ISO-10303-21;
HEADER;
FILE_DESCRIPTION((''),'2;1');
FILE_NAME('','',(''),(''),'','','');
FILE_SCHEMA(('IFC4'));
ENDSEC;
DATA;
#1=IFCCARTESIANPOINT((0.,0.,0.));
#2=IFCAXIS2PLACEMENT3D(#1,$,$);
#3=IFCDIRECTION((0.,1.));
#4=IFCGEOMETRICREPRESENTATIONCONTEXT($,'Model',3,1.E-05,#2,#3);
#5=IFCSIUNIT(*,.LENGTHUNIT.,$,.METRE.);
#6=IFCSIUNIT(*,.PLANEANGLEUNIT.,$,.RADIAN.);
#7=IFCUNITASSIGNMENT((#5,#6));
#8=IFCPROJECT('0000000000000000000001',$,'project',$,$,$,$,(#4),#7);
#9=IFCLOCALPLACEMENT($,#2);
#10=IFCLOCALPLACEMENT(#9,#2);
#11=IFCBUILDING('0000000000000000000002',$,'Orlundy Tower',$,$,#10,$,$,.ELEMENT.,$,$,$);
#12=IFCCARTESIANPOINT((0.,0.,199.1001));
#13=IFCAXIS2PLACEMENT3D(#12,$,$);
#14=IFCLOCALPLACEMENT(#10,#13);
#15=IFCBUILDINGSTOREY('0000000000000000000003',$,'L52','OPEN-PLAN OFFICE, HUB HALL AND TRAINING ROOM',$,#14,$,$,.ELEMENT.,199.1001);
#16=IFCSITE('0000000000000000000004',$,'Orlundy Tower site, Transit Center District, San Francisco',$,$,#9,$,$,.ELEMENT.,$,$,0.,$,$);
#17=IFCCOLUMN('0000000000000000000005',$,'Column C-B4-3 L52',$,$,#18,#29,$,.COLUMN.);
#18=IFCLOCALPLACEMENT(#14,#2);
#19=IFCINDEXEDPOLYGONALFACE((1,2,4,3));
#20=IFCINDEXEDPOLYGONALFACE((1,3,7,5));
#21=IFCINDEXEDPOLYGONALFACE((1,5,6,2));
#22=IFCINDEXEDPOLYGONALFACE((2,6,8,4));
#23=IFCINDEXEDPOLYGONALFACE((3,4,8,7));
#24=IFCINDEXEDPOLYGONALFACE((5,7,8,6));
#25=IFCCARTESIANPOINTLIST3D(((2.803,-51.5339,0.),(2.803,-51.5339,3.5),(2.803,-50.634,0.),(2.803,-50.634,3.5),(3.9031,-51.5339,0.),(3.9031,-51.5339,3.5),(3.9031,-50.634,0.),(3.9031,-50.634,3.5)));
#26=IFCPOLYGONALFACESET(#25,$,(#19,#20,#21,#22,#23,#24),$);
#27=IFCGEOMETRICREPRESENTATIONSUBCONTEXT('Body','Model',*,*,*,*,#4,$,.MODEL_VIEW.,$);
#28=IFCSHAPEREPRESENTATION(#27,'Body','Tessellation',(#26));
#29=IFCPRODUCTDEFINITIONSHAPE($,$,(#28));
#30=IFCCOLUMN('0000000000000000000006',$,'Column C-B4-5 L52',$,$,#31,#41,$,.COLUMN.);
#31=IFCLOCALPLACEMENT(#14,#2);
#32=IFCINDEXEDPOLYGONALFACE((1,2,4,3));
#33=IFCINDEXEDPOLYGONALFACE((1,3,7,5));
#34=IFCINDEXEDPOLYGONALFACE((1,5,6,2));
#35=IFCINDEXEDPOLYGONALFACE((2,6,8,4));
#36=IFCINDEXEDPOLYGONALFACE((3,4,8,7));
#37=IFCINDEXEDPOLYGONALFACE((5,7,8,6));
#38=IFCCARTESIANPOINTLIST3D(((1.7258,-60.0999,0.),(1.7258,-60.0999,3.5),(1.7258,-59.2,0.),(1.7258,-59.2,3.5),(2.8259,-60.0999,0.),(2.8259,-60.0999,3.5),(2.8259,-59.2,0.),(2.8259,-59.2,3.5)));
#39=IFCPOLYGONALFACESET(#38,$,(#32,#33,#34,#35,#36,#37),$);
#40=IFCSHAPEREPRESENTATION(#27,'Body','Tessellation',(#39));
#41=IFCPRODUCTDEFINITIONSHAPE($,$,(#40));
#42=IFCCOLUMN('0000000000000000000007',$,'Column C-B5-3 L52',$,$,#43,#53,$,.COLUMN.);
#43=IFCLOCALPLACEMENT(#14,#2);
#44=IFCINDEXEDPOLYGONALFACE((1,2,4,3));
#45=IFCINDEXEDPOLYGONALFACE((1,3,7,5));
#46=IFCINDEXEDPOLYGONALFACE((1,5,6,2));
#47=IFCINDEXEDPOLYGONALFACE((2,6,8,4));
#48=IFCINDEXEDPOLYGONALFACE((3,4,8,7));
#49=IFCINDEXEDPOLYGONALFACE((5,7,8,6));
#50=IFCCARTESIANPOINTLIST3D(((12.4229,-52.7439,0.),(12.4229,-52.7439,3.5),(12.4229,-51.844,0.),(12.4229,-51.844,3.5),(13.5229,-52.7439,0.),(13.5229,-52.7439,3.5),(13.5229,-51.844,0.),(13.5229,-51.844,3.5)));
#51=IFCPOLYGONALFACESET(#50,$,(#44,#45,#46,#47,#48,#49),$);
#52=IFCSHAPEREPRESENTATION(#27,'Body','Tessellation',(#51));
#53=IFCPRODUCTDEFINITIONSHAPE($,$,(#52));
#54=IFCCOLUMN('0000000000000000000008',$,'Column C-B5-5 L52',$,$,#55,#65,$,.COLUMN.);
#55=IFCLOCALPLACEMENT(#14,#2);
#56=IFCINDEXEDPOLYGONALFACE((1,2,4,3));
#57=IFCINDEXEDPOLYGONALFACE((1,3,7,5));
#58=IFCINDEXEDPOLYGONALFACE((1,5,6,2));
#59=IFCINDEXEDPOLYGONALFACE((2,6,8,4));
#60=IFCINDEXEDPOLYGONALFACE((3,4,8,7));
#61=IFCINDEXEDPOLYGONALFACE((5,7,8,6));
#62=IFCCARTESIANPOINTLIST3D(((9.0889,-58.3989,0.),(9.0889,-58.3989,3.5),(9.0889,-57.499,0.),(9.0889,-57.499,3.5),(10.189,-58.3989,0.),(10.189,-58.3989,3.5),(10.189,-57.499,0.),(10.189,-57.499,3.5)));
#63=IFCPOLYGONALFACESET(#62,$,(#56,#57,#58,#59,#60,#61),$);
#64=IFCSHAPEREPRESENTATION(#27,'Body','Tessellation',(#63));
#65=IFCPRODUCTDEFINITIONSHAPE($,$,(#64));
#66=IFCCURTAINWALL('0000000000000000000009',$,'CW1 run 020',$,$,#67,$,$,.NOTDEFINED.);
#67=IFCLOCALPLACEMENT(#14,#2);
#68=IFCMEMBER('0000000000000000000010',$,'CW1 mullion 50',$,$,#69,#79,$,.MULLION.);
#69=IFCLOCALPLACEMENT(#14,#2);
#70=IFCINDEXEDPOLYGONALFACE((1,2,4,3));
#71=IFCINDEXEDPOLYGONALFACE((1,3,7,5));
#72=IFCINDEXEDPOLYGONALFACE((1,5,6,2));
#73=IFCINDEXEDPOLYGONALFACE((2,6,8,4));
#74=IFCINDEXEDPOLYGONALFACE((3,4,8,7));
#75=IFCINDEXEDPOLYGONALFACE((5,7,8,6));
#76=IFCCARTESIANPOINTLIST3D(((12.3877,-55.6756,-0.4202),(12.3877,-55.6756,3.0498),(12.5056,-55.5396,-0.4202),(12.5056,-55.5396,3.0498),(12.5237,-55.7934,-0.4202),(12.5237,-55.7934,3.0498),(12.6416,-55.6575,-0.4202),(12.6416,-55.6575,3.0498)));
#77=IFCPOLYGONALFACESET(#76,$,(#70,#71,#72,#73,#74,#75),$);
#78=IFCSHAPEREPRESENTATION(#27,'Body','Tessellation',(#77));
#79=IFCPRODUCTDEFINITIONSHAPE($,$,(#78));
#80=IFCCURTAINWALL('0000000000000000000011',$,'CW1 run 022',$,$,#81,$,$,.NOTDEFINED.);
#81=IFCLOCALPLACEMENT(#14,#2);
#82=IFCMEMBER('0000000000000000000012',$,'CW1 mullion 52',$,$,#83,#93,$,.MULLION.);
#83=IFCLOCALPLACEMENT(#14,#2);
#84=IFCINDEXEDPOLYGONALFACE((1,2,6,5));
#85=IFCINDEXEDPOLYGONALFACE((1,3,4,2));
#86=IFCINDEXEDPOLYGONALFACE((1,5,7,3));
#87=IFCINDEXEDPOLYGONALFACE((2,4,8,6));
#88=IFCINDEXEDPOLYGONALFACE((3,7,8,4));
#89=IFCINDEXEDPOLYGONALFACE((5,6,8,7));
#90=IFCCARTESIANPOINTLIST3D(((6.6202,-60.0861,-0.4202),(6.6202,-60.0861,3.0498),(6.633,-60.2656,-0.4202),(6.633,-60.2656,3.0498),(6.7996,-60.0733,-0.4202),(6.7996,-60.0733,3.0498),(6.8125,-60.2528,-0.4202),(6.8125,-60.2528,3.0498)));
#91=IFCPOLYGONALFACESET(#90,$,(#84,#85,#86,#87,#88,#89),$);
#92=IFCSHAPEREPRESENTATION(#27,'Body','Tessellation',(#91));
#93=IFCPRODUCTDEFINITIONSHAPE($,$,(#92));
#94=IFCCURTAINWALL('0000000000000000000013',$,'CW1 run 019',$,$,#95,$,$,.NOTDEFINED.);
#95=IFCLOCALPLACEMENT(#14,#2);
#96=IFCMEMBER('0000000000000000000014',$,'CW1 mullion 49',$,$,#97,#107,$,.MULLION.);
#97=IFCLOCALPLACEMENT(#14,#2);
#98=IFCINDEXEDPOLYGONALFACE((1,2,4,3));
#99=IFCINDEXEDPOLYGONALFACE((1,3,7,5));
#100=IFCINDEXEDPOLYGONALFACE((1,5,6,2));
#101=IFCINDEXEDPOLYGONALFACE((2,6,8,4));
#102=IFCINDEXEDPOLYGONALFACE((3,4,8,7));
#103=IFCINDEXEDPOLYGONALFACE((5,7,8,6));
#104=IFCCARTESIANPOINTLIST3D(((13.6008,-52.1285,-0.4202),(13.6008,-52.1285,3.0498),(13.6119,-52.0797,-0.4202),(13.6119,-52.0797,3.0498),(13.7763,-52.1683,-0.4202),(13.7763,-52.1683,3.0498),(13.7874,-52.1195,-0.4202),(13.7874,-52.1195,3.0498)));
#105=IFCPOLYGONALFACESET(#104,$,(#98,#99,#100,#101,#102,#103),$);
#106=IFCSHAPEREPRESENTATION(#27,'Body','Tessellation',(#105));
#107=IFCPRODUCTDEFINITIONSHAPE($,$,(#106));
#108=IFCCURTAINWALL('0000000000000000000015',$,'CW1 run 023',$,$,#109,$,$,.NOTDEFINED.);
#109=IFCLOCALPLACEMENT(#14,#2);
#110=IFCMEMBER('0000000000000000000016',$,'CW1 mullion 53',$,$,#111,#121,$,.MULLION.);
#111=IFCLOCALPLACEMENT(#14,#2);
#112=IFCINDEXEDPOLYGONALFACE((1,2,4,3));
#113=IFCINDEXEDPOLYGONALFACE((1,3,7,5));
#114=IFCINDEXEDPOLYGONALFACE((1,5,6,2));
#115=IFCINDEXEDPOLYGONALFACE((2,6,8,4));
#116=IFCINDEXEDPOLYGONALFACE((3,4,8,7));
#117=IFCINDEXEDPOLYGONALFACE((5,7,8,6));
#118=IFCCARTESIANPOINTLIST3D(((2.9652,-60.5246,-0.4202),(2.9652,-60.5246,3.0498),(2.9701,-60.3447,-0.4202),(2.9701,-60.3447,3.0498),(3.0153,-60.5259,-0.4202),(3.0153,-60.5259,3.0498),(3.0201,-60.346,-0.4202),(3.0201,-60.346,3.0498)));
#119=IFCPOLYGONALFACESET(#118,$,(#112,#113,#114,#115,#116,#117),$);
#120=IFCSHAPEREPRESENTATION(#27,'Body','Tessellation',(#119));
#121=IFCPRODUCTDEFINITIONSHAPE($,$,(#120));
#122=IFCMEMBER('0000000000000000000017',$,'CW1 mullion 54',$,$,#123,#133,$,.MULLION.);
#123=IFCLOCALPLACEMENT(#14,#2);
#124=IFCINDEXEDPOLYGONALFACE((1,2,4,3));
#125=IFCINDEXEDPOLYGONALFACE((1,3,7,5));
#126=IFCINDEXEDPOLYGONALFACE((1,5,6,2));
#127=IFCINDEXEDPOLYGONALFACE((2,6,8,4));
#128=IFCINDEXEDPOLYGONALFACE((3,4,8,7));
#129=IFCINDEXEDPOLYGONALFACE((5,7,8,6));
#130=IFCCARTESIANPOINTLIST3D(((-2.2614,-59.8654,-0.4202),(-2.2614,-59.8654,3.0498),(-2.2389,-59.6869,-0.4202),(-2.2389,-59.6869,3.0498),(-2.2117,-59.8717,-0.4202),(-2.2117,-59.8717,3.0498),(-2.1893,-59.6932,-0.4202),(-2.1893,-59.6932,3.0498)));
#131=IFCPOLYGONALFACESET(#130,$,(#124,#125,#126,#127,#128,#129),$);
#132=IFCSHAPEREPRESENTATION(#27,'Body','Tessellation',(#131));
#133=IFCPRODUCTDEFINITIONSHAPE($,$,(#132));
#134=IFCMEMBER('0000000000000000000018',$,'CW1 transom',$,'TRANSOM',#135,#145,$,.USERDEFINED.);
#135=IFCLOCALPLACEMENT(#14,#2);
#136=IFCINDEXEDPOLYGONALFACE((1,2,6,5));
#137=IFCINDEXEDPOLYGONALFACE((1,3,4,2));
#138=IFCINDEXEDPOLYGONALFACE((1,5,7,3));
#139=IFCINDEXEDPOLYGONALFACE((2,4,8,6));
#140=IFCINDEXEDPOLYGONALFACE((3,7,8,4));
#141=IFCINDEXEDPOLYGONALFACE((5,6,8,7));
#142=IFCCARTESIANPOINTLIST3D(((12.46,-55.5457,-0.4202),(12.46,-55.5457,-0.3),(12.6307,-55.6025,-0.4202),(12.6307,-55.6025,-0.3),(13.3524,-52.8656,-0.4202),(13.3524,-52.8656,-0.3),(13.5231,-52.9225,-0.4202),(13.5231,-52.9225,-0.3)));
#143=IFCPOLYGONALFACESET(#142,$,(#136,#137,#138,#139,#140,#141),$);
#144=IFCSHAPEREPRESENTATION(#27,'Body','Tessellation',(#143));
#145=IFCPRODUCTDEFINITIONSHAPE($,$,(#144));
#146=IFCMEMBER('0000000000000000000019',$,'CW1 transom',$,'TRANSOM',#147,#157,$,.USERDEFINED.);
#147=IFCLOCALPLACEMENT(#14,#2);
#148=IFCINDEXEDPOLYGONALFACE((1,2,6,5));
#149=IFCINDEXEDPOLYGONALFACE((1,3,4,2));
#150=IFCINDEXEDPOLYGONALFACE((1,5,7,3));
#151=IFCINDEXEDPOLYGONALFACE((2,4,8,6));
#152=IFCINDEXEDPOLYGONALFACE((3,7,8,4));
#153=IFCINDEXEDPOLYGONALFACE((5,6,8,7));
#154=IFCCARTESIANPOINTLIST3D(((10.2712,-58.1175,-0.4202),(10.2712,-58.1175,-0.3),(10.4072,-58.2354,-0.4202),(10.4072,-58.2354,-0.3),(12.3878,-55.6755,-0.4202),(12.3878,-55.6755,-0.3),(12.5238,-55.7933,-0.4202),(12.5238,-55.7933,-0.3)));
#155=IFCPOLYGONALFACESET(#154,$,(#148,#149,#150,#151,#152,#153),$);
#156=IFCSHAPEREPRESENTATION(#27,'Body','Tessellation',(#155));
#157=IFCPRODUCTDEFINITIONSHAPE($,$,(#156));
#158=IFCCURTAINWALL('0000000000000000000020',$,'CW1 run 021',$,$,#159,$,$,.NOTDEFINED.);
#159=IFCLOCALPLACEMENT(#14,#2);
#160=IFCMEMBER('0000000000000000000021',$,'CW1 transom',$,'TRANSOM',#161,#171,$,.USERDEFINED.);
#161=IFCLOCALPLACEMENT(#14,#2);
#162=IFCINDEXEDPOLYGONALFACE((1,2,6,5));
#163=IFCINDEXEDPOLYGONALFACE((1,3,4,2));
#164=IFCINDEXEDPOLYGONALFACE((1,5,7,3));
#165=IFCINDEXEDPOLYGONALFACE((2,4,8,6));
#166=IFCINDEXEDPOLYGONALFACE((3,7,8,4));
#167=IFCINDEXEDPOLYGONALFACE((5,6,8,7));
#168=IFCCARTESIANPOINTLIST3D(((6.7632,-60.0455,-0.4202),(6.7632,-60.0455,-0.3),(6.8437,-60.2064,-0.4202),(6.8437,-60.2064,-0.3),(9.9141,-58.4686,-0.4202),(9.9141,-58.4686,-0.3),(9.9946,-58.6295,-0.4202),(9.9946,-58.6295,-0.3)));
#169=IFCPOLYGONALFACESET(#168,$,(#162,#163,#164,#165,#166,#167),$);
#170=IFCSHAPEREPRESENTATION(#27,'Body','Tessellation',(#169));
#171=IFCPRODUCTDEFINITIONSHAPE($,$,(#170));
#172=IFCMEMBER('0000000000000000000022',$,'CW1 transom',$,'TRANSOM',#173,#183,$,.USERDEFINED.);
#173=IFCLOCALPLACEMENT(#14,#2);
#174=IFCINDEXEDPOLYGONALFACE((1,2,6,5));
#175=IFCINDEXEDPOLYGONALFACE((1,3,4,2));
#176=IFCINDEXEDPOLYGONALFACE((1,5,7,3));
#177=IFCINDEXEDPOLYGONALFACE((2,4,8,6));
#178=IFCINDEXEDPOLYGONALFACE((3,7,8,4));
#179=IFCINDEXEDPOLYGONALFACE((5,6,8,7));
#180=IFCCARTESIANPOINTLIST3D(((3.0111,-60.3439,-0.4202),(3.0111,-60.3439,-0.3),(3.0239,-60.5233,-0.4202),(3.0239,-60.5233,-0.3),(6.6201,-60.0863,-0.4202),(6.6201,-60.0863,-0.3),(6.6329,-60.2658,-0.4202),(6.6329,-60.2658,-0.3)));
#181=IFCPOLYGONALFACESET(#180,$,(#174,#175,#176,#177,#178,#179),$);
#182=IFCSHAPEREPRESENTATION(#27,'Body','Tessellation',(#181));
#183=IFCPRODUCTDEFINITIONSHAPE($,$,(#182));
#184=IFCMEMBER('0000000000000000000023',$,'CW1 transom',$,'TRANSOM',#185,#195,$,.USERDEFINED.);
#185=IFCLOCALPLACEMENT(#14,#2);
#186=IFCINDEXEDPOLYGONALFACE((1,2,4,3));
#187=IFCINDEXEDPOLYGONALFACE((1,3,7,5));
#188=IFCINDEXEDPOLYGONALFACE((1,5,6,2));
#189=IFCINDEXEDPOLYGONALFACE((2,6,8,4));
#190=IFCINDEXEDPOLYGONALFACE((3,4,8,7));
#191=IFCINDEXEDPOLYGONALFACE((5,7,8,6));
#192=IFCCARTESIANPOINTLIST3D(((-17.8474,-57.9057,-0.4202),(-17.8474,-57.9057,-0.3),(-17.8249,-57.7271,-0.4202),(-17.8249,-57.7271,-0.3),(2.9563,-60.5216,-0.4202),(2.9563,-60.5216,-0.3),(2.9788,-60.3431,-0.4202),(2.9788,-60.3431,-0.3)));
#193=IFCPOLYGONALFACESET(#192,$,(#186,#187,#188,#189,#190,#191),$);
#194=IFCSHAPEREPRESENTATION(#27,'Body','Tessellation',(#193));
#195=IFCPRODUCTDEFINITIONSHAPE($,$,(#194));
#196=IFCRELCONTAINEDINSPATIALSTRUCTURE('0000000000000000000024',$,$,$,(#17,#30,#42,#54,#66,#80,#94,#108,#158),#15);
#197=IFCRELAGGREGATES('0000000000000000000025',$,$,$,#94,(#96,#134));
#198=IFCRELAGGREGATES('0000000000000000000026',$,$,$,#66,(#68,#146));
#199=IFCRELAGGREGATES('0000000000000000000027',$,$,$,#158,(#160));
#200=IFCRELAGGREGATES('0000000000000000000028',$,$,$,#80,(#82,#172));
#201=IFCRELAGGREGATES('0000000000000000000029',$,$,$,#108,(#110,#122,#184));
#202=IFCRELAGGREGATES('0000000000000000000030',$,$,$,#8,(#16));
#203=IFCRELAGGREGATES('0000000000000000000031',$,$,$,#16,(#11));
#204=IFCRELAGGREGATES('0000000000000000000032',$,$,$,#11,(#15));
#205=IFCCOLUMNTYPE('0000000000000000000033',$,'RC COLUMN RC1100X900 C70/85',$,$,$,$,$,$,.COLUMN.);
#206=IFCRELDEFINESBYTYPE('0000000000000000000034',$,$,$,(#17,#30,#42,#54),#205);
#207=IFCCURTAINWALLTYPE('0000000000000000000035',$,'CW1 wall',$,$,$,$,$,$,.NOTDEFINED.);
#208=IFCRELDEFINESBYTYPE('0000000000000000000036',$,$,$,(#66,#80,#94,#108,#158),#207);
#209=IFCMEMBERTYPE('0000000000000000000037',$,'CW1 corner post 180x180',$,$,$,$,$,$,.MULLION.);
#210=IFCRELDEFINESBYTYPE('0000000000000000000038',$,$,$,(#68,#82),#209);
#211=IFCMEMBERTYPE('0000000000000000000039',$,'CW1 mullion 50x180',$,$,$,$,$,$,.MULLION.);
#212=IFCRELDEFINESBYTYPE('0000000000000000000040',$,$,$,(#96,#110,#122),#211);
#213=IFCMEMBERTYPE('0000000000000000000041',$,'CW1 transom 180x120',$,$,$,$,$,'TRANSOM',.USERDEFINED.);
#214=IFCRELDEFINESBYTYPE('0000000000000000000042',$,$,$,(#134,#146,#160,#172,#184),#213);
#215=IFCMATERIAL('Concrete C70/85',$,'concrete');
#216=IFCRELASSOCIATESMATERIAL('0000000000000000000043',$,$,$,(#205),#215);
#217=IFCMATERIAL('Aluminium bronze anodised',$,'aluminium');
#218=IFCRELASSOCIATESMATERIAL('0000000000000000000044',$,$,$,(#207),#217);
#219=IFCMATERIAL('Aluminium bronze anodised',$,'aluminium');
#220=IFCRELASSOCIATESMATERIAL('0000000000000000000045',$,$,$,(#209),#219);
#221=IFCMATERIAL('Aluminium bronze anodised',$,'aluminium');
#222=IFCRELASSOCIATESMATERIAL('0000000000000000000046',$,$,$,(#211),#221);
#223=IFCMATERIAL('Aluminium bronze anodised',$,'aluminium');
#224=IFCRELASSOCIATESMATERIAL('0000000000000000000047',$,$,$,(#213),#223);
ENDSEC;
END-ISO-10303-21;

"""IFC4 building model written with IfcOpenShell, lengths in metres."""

from ifc_helpers import new_model, si_unit, direction, frame, origin, origin_2d, place, context, subcontext, project, spatial, rectangle, extrude, material, material_profile, profile_set, type_object, element, aggregate, save


model = new_model("IFC4")

# Units and contexts
model_context = context("Model", 3, precision=1e-05, world=origin(), true_north=direction((0.0, 1.0)))
body_context = subcontext(model_context, "Body", "Model", "MODEL_VIEW")
ifc_project = project(units=[si_unit("LENGTHUNIT", "METRE"), si_unit("PLANEANGLEUNIT", "RADIAN")], contexts=[model_context])

# Site, building, storey
site_placement = place(None, origin())
site = spatial("IfcSite", under=ifc_project, at=site_placement, Name="Orlundy Tower site, Transit Center District, San Francisco", CompositionType="ELEMENT", RefElevation=0.0)
building_placement = place(site_placement, origin())
building = spatial("IfcBuilding", under=site, at=building_placement, Name="Orlundy Tower", CompositionType="ELEMENT")
storey_placement = place(building_placement, frame((0.0, 0.0, 199.1001)))
storey = spatial("IfcBuildingStorey", under=building, at=storey_placement, Name="L52", Description="OPEN-PLAN OFFICE, HUB HALL AND TRAINING ROOM", CompositionType="ELEMENT", Elevation=199.1001)

# Columns
ifc_material_1 = material(Name="Concrete C70/85", Category="concrete")
ifc_material_profile_1 = material_profile(ifc_material_1, rectangle(XDim=1.1001, YDim=0.8999, at=origin_2d()), Name="RC1100X900")
ifc_profile_set_1 = profile_set([ifc_material_profile_1], Name="Concrete C70/85")
column_type = type_object("IfcColumnType", Name="RC COLUMN RC1100X900 C70/85", PredefinedType="COLUMN", material=ifc_profile_set_1)
for number, where, z_axis, x_axis, name in (
    (1, (3.353, -51.084, 0.0), (0.0, 0.0, 1.0), (1.0, 0.0, 0.0), "Column C-B4-3 L52"),
    (2, (2.2759, -59.6499, 0.0), (0.0, 0.0, 1.0), (1.0, 0.0, 0.0), "Column C-B4-5 L52"),
    (3, (12.9729, -52.2939, 0.0), (0.0, 0.0, 1.0), (1.0, 0.0, 0.0), "Column C-B5-3 L52"),
    (4, (9.6389, -57.949, 0.0), (0.0, 0.0, 1.0), (1.0, 0.0, 0.0), "Column C-B5-5 L52"),
):
    element("IfcColumn", number, at=place(storey_placement, frame(where, z_axis=z_axis, x_axis=x_axis)), inside=storey, type_object=column_type, Name=name, PredefinedType="COLUMN", context=body_context, shape_type="SweptSolid", body=[
        extrude(rectangle(XDim=1.1001, YDim=0.8999, at=origin_2d()), origin(), (0.0, 0.0, 1.0), 3.5),
    ])

# Curtain walls, members
ifc_material_2 = material(Name="Aluminium bronze anodised", Category="aluminium")
curtain_wall_type = type_object("IfcCurtainWallType", Name="CW1 wall", PredefinedType="NOTDEFINED", material=ifc_material_2)
curtain_wall_1_placement = place(storey_placement, origin())
curtain_wall_1 = element("IfcCurtainWall", 5, at=curtain_wall_1_placement, inside=storey, type_object=curtain_wall_type, Name="CW1 run 020", PredefinedType="NOTDEFINED")
ifc_material_3 = material(Name="Aluminium bronze anodised", Category="aluminium")
ifc_material_profile_2 = material_profile(ifc_material_3, rectangle(XDim=0.1799, YDim=0.1799, at=origin_2d()), Name="CW1 corner post 180x180")
ifc_profile_set_2 = profile_set([ifc_material_profile_2], Name="Aluminium bronze anodised")
member_type_1 = type_object("IfcMemberType", Name="CW1 corner post 180x180", PredefinedType="MULLION", material=ifc_profile_set_2)
member_1_placement = place(storey_placement, frame((12.5146, -55.6665, -0.4202), z_axis=(0.0, 0.0, 1.0), x_axis=(0.755627, -0.655002, 0.0)))
member_1 = element("IfcMember", 6, at=member_1_placement, type_object=member_type_1, Name="CW1 mullion 50", PredefinedType="MULLION", context=body_context, shape_type="SweptSolid", body=[
    extrude(rectangle(XDim=0.1799, YDim=0.1799, at=origin_2d()), origin(), (0.0, 0.0, 1.0), 3.47),
])
curtain_wall_2_placement = place(storey_placement, origin())
curtain_wall_2 = element("IfcCurtainWall", 7, at=curtain_wall_2_placement, inside=storey, type_object=curtain_wall_type, Name="CW1 run 022", PredefinedType="NOTDEFINED")
member_2_placement = place(storey_placement, frame((6.7163, -60.1694, -0.4202), z_axis=(0.0, 0.0, 1.0), x_axis=(0.071228, -0.99746, 0.0)))
member_2 = element("IfcMember", 8, at=member_2_placement, type_object=member_type_1, Name="CW1 mullion 52", PredefinedType="MULLION", context=body_context, shape_type="SweptSolid", body=[
    extrude(rectangle(XDim=0.1799, YDim=0.1799, at=origin_2d()), origin(), (0.0, 0.0, 1.0), 3.47),
])
curtain_wall_3_placement = place(storey_placement, origin())
curtain_wall_3 = element("IfcCurtainWall", 9, at=curtain_wall_3_placement, inside=storey, type_object=curtain_wall_type, Name="CW1 run 019", PredefinedType="NOTDEFINED")
ifc_material_4 = material(Name="Aluminium bronze anodised", Category="aluminium")
ifc_material_profile_3 = material_profile(ifc_material_4, rectangle(XDim=0.1799, YDim=0.05, at=origin_2d()), Name="CW1 mullion 50x180")
ifc_profile_set_3 = profile_set([ifc_material_profile_3], Name="Aluminium bronze anodised")
member_type_2 = type_object("IfcMemberType", Name="CW1 mullion 50x180", PredefinedType="MULLION", material=ifc_profile_set_3)
member_3_placement = place(storey_placement, frame((13.6941, -52.124, -0.4202), z_axis=(0.0, 0.0, 1.0), x_axis=(0.975186, -0.221389, 0.0)))
member_3 = element("IfcMember", 10, at=member_3_placement, type_object=member_type_2, Name="CW1 mullion 49", PredefinedType="MULLION", context=body_context, shape_type="SweptSolid", body=[
    extrude(rectangle(XDim=0.1799, YDim=0.05, at=origin_2d()), origin(), (0.0, 0.0, 1.0), 3.47),
])

# Curtain wall, members
curtain_wall_4_placement = place(storey_placement, origin())
curtain_wall_4 = element("IfcCurtainWall", 11, at=curtain_wall_4_placement, inside=storey, type_object=curtain_wall_type, Name="CW1 run 023", PredefinedType="NOTDEFINED")
member_4_placement = place(storey_placement, frame((2.9927, -60.4353, -0.4202), z_axis=(0.0, 0.0, 1.0), x_axis=(-0.026896, -0.999638, 0.0)))
member_4 = element("IfcMember", 12, at=member_4_placement, type_object=member_type_2, Name="CW1 mullion 53", PredefinedType="MULLION", context=body_context, shape_type="SweptSolid", body=[
    extrude(rectangle(XDim=0.1799, YDim=0.05, at=origin_2d()), origin(), (0.0, 0.0, 1.0), 3.47),
])
member_5_placement = place(storey_placement, frame((-2.2253, -59.7793, -0.4202), z_axis=(0.0, 0.0, 1.0), x_axis=(-0.124761, -0.992187, 0.0)))
member_5 = element("IfcMember", 13, at=member_5_placement, type_object=member_type_2, Name="CW1 mullion 54", PredefinedType="MULLION", context=body_context, shape_type="SweptSolid", body=[
    extrude(rectangle(XDim=0.1799, YDim=0.05, at=origin_2d()), origin(), (0.0, 0.0, 1.0), 3.47),
])

# Members
ifc_material_5 = material(Name="Aluminium bronze anodised", Category="aluminium")
ifc_material_profile_4 = material_profile(ifc_material_5, rectangle(XDim=0.1799, YDim=0.1201, at=origin_2d()), Name="CW1 transom 180x120")
ifc_profile_set_4 = profile_set([ifc_material_profile_4], Name="Aluminium bronze anodised")
member_type_3 = type_object("IfcMemberType", Name="CW1 transom 180x120", ElementType="TRANSOM", PredefinedType="USERDEFINED", material=ifc_profile_set_4)
member_6_placement = place(storey_placement, frame((13.4377, -52.894, -0.3601), z_axis=(-0.315917, -0.948787, 0.0), x_axis=(0.948787, -0.315917, 0.0)))
member_6 = element("IfcMember", 14, at=member_6_placement, type_object=member_type_3, Name="CW1 transom", ObjectType="TRANSOM", PredefinedType="USERDEFINED", context=body_context, shape_type="SweptSolid", body=[
    extrude(rectangle(XDim=0.1799, YDim=0.1201, at=origin_2d()), origin(), (0.0, 0.0, 1.0), 2.8247),
])
member_7_placement = place(storey_placement, frame((12.4558, -55.7344, -0.3601), z_axis=(-0.654962, -0.755662, 0.0), x_axis=(0.755662, -0.654962, 0.0)))
member_7 = element("IfcMember", 15, at=member_7_placement, type_object=member_type_3, Name="CW1 transom", ObjectType="TRANSOM", PredefinedType="USERDEFINED", context=body_context, shape_type="SweptSolid", body=[
    extrude(rectangle(XDim=0.1799, YDim=0.1201, at=origin_2d()), origin(), (0.0, 0.0, 1.0), 3.2317),
])

# Curtain wall, member
curtain_wall_5_placement = place(storey_placement, origin())
curtain_wall_5 = element("IfcCurtainWall", 16, at=curtain_wall_5_placement, inside=storey, type_object=curtain_wall_type, Name="CW1 run 021", PredefinedType="NOTDEFINED")
member_8_placement = place(storey_placement, frame((9.9543, -58.5491, -0.3601), z_axis=(-0.894261, -0.447546, 0.0), x_axis=(0.447546, -0.894261, 0.0)))
member_8 = element("IfcMember", 17, at=member_8_placement, type_object=member_type_3, Name="CW1 transom", ObjectType="TRANSOM", PredefinedType="USERDEFINED", context=body_context, shape_type="SweptSolid", body=[
    extrude(rectangle(XDim=0.1799, YDim=0.1201, at=origin_2d()), origin(), (0.0, 0.0, 1.0), 3.5234),
])

# Members
member_9_placement = place(storey_placement, frame((6.6265, -60.176, -0.3601), z_axis=(-0.997463, -0.07119, 0.0), x_axis=(0.07119, -0.997463, 0.0)))
member_9 = element("IfcMember", 18, at=member_9_placement, type_object=member_type_3, Name="CW1 transom", ObjectType="TRANSOM", PredefinedType="USERDEFINED", context=body_context, shape_type="SweptSolid", body=[
    extrude(rectangle(XDim=0.1799, YDim=0.1201, at=origin_2d()), origin(), (0.0, 0.0, 1.0), 3.6182),
])
member_10_placement = place(storey_placement, frame((2.9675, -60.4324, -0.3601), z_axis=(-0.992187, 0.124763, 0.0), x_axis=(-0.124763, -0.992187, 0.0)))
member_10 = element("IfcMember", 19, at=member_10_placement, type_object=member_type_3, Name="CW1 transom", ObjectType="TRANSOM", PredefinedType="USERDEFINED", context=body_context, shape_type="SweptSolid", body=[
    extrude(rectangle(XDim=0.1799, YDim=0.1201, at=origin_2d()), origin(), (0.0, 0.0, 1.0), 20.9675),
])

aggregate(curtain_wall_3, [member_3, member_6])
aggregate(curtain_wall_1, [member_1, member_7])
aggregate(curtain_wall_5, [member_8])
aggregate(curtain_wall_2, [member_2, member_9])
aggregate(curtain_wall_4, [member_4, member_5, member_10])

save(model, "model.ifc")
